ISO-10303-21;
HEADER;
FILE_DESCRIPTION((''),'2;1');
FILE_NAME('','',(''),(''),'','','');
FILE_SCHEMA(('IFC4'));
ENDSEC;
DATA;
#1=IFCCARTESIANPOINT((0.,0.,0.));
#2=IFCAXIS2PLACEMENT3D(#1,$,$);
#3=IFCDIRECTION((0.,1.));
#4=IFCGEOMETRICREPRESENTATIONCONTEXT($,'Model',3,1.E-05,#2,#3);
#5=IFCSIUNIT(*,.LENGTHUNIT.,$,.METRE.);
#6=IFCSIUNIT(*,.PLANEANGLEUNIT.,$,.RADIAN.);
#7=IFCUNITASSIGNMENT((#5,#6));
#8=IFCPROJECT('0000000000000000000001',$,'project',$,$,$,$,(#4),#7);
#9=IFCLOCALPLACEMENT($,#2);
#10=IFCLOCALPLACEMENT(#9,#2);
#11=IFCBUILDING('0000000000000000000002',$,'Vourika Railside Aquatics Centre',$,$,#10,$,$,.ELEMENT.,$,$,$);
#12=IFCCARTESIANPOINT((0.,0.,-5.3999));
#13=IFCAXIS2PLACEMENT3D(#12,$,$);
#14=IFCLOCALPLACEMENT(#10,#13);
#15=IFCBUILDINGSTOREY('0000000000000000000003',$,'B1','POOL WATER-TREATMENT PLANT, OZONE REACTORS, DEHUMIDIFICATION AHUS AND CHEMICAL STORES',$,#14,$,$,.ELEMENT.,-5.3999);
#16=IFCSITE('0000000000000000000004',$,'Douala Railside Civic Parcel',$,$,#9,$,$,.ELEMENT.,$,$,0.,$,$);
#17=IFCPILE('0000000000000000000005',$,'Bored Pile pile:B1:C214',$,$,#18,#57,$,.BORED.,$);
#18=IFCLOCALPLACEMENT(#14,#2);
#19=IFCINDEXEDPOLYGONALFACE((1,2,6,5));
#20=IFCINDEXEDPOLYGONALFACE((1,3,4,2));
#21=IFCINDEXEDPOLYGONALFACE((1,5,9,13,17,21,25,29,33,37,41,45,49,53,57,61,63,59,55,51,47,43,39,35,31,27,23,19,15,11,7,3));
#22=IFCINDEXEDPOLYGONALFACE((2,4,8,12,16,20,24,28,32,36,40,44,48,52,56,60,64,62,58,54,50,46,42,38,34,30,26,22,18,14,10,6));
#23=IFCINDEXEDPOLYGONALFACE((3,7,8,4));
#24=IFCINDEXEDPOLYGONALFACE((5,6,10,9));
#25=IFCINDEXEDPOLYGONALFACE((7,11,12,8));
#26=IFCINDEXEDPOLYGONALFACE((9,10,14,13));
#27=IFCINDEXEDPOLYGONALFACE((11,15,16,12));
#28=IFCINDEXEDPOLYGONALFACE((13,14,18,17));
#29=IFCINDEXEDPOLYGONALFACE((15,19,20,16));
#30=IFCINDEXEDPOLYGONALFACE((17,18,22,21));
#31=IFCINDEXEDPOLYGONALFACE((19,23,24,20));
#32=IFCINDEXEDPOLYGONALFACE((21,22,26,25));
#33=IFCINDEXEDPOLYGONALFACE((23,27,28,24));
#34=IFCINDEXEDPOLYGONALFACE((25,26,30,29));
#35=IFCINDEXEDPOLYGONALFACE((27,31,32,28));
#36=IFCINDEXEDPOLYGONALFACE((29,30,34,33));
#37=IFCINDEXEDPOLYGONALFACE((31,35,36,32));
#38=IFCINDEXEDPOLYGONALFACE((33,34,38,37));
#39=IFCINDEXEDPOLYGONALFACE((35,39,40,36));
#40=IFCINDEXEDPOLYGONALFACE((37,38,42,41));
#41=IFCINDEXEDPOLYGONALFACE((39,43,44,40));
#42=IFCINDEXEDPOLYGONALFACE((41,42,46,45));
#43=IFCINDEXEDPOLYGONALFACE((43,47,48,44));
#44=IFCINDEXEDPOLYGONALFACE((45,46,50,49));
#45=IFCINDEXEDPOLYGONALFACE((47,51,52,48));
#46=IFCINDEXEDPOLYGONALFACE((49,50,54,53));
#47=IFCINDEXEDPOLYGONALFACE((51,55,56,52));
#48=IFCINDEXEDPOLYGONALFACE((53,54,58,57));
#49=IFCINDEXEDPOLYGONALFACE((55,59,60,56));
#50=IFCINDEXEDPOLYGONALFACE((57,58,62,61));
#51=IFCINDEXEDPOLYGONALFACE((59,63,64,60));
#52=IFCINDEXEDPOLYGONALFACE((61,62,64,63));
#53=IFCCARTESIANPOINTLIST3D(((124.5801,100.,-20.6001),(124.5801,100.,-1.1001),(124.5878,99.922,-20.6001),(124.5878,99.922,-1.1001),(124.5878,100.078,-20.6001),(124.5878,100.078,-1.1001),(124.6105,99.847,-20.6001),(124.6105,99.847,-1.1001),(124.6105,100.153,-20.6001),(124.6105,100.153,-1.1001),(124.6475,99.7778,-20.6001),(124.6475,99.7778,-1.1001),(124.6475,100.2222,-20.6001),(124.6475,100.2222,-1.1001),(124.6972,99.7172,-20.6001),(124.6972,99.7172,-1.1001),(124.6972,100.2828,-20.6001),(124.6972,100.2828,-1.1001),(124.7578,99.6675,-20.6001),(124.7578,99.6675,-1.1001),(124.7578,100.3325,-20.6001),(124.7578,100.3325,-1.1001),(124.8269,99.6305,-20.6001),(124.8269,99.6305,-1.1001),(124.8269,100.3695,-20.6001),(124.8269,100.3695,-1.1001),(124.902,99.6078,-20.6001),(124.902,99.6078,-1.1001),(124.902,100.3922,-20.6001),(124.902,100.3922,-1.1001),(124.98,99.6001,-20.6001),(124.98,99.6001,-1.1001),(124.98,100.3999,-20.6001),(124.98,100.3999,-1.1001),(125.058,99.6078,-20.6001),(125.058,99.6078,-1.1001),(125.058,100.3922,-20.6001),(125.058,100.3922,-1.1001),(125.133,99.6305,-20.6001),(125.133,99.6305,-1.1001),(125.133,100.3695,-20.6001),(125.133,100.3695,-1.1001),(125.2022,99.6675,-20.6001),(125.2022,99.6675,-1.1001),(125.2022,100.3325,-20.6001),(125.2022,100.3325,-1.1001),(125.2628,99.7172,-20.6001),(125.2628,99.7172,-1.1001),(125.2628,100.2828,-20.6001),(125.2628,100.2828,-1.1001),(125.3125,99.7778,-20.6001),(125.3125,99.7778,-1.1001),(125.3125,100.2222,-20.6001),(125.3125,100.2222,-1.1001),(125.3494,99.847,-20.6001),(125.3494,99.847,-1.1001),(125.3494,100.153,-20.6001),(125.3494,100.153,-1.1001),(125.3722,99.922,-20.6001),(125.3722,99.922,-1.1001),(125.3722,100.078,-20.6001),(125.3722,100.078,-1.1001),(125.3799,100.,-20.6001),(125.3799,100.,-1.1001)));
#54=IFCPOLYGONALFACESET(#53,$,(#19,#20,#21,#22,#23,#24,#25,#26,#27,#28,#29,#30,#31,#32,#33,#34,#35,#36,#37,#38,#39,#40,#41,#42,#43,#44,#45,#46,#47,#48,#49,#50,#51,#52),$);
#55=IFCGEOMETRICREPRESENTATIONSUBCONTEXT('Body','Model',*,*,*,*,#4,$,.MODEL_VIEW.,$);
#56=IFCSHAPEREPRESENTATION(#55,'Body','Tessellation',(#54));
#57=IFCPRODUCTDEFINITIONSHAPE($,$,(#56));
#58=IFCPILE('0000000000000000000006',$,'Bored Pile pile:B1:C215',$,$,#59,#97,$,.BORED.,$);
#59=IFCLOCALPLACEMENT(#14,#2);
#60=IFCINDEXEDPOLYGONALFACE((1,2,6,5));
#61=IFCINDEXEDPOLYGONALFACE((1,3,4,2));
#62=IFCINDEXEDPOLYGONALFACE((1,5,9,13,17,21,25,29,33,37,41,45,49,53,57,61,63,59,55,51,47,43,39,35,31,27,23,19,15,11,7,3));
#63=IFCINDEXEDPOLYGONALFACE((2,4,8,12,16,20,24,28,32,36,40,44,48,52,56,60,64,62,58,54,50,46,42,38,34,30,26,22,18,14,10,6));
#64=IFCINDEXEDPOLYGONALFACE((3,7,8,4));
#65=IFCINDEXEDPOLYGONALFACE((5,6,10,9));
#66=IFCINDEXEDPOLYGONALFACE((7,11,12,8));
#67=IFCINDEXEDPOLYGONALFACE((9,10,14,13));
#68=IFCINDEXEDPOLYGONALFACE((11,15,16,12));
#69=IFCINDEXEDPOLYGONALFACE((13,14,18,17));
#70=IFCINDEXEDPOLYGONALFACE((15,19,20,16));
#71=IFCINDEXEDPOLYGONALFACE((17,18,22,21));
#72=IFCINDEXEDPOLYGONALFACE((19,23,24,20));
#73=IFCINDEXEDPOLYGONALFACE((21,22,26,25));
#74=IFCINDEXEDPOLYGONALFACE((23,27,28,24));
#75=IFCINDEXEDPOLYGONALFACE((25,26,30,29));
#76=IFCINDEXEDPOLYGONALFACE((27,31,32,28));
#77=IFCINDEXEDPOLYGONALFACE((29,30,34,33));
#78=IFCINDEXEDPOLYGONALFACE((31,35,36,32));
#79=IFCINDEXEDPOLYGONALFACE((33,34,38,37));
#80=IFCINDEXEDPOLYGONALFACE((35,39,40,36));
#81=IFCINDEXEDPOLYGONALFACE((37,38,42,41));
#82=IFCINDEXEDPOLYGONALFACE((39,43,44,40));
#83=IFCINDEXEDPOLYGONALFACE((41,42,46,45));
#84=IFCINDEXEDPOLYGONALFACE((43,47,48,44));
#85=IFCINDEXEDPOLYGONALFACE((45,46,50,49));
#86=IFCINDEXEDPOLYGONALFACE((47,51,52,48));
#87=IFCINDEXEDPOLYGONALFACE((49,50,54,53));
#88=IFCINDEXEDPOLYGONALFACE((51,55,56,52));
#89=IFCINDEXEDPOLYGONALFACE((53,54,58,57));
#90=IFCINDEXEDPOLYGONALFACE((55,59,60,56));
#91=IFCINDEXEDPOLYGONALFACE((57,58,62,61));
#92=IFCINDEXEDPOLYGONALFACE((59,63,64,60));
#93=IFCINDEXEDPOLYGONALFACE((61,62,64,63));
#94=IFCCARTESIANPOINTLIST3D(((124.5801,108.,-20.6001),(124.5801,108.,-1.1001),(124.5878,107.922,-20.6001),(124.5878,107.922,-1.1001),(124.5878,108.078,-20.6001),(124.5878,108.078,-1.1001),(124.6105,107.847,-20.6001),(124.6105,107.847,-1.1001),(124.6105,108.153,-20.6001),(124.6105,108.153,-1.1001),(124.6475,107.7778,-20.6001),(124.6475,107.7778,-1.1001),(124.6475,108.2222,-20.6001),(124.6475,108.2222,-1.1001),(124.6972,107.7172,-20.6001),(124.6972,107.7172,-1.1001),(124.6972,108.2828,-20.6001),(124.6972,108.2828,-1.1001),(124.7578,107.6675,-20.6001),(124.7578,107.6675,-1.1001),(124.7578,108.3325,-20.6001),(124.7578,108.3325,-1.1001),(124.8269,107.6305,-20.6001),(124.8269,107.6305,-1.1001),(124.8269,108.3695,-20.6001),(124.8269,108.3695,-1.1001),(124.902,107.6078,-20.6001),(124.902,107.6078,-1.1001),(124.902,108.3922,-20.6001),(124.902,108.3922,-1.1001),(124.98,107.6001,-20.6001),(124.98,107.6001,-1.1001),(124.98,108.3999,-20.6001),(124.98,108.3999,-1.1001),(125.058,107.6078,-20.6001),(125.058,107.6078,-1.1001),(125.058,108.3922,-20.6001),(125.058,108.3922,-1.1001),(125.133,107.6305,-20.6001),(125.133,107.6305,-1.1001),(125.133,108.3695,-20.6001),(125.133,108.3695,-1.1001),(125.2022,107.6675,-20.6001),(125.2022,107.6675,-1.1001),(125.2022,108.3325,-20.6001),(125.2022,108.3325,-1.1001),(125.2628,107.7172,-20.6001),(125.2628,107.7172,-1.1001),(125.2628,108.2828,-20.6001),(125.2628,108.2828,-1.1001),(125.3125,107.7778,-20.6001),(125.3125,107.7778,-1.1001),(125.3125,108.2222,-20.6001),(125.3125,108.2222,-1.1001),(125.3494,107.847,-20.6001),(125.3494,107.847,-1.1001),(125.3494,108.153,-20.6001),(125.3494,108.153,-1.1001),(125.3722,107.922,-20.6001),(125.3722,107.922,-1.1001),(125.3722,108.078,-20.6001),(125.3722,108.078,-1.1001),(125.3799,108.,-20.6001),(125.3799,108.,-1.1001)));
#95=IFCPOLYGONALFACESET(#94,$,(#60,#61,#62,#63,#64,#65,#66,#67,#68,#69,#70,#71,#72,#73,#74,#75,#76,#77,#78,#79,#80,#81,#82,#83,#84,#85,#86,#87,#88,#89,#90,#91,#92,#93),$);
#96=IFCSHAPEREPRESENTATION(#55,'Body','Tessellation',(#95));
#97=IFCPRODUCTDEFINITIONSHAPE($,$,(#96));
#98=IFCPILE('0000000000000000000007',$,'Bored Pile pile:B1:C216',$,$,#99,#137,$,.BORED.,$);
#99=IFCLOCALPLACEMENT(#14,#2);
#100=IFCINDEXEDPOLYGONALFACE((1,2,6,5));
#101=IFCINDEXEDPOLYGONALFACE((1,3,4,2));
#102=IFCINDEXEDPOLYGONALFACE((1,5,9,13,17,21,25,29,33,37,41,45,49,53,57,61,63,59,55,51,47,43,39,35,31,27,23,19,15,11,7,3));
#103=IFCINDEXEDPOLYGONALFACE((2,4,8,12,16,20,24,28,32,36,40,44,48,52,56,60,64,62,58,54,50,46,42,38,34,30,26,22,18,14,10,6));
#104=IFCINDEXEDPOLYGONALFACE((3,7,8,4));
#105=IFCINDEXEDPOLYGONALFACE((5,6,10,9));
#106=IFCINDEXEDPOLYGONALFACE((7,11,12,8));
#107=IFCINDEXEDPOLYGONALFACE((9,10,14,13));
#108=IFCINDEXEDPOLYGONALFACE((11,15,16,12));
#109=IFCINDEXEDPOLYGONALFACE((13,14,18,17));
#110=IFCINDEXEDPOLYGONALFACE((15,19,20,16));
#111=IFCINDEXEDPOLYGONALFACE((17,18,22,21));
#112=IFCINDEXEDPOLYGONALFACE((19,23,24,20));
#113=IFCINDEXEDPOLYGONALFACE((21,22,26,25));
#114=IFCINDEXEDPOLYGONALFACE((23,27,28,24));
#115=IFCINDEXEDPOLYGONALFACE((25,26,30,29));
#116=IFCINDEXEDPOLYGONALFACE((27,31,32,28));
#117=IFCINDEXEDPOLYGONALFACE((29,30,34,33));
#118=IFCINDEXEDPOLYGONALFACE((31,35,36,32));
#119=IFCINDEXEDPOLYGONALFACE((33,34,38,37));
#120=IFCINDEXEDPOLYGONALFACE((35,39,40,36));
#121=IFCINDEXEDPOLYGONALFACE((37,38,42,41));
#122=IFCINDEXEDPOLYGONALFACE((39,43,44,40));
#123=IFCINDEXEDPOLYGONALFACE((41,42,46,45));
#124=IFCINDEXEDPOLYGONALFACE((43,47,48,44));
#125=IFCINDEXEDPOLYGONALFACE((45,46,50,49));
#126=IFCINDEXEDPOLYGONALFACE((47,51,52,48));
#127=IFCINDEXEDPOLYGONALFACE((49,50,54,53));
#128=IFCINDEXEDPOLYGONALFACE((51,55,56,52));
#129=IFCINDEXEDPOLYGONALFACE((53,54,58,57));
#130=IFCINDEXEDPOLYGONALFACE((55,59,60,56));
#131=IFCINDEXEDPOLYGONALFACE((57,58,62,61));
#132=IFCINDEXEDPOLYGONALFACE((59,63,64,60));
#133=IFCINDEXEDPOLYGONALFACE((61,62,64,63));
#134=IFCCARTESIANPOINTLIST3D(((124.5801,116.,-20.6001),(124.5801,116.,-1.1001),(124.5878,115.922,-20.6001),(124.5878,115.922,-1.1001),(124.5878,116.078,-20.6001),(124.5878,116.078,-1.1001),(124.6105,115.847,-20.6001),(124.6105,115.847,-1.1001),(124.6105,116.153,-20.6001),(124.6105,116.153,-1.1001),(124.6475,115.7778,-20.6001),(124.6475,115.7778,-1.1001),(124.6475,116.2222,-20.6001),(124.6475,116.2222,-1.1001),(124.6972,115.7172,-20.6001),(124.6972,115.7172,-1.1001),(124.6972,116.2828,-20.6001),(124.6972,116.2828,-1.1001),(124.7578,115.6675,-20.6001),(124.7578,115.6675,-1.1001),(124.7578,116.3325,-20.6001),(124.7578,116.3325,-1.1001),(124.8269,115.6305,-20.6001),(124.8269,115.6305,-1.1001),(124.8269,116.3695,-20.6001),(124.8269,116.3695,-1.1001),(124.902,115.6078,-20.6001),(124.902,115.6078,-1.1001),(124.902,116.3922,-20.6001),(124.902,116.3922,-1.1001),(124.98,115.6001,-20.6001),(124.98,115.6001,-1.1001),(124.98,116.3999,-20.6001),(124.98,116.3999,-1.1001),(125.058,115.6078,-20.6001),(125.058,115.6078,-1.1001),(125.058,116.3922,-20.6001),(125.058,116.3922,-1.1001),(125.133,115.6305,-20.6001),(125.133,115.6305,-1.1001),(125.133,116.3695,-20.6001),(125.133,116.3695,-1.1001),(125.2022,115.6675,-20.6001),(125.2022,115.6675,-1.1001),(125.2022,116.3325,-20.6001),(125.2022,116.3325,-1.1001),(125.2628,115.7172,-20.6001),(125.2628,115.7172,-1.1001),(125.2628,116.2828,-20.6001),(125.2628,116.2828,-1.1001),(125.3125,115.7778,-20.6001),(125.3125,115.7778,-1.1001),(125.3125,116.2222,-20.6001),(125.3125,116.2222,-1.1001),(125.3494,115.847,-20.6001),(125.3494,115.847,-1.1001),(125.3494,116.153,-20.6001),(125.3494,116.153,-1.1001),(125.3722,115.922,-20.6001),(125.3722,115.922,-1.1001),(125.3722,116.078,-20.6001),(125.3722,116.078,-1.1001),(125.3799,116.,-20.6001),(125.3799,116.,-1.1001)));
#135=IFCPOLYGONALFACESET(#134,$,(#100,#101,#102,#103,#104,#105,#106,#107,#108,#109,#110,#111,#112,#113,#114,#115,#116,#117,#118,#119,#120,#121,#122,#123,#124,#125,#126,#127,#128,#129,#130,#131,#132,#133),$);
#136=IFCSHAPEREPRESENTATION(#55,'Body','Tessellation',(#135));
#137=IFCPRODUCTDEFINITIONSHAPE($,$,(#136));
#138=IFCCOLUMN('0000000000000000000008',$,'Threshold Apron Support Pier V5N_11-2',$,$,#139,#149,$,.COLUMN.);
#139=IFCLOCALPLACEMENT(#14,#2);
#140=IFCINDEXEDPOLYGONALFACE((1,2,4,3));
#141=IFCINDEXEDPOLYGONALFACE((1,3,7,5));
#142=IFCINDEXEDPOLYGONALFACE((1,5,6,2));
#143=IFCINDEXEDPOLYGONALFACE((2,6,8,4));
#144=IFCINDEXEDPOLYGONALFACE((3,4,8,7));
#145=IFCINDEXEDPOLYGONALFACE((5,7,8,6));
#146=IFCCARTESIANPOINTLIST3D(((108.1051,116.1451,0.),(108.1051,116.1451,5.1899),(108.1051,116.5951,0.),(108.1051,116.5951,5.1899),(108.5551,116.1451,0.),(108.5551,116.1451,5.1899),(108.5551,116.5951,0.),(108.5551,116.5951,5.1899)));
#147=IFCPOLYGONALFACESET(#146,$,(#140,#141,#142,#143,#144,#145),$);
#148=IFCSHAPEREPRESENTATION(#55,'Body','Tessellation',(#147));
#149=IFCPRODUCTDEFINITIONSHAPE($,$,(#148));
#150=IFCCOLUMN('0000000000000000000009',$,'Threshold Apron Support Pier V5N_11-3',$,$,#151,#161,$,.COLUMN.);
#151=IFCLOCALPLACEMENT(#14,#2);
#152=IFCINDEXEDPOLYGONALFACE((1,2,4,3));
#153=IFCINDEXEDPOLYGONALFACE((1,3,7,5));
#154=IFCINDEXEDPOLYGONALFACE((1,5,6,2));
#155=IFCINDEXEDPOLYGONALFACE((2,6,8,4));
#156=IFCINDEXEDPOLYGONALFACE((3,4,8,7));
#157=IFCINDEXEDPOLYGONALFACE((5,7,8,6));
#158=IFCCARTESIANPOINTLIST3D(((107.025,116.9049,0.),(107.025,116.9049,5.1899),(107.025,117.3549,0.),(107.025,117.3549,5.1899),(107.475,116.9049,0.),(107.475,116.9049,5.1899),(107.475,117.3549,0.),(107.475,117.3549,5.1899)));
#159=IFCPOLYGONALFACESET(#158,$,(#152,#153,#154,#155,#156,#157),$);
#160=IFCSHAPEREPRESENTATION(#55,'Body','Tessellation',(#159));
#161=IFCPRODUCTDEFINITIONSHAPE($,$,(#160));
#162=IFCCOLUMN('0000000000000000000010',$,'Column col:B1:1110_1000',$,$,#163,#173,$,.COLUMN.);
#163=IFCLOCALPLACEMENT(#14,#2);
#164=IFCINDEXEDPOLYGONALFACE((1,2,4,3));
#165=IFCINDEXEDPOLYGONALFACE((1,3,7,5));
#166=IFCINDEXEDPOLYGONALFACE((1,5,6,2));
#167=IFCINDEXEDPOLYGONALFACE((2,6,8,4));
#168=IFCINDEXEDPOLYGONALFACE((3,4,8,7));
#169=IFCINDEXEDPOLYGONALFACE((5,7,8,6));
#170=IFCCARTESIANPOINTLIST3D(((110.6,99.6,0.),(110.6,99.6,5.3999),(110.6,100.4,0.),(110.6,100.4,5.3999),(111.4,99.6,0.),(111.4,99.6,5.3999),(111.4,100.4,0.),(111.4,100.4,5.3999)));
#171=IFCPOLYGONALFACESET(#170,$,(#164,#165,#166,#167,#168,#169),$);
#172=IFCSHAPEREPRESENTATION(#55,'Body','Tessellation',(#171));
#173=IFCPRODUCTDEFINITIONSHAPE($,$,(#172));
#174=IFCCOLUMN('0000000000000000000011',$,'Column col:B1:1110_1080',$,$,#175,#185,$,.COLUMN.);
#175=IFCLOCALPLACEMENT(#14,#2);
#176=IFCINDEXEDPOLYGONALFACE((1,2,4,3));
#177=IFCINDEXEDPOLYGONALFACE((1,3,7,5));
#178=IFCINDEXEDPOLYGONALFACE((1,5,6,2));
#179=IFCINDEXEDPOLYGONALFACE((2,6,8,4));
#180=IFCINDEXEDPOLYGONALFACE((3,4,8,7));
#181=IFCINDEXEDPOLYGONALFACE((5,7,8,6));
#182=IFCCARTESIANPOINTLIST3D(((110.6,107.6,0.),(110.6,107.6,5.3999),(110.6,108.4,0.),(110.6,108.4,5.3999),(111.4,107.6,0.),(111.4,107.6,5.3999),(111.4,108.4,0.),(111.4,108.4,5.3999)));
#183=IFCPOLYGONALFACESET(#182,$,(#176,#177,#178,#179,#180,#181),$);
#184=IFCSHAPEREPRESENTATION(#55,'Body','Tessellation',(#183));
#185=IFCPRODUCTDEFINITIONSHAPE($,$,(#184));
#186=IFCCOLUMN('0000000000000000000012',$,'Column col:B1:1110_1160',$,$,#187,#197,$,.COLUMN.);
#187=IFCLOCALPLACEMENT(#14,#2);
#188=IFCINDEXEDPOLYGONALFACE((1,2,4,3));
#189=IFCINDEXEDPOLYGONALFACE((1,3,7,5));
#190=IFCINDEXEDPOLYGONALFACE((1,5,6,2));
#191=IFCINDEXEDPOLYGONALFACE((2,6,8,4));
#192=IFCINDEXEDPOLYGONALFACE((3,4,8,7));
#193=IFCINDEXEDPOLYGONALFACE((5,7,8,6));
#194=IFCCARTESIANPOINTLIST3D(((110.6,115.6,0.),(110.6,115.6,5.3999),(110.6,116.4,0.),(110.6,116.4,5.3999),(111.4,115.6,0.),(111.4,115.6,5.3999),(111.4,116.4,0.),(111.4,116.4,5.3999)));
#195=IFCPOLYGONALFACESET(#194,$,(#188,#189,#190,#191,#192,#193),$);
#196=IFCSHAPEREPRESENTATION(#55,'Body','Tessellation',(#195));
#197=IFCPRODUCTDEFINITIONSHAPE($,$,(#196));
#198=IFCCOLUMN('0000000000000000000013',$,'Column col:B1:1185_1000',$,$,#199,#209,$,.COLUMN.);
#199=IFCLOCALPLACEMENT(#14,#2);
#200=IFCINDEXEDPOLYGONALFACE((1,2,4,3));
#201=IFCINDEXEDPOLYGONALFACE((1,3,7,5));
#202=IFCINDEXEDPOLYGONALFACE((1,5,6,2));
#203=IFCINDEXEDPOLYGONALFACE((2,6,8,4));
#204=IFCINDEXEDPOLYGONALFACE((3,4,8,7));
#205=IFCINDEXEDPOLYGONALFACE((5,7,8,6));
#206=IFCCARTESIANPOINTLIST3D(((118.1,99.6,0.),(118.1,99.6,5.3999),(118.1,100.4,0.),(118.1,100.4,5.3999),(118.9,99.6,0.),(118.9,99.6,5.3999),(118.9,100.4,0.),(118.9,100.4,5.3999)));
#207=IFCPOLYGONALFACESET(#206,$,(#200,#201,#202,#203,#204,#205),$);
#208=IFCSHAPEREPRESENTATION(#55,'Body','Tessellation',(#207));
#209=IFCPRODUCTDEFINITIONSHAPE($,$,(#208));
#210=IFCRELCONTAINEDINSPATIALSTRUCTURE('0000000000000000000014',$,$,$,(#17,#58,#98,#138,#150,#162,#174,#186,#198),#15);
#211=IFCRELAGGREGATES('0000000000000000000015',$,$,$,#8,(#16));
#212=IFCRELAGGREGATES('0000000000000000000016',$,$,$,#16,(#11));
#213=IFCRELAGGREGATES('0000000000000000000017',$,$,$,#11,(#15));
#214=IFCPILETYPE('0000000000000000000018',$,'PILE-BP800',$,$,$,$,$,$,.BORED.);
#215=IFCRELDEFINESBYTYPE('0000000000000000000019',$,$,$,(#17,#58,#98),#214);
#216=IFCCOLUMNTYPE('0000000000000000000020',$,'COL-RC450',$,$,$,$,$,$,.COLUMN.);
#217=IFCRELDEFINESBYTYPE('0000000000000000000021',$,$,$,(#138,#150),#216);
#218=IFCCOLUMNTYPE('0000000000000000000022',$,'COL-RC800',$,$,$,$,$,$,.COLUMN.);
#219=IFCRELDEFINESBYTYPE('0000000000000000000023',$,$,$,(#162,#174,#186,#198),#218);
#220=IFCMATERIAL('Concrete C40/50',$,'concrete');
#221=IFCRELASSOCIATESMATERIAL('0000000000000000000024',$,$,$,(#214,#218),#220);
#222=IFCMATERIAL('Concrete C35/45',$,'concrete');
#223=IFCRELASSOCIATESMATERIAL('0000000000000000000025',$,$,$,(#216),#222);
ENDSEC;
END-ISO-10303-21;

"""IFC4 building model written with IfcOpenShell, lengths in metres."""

from ifc_helpers import new_model, si_unit, direction, frame, origin, origin_2d, place, context, subcontext, project, spatial, rectangle, circle, extrude, material, material_profile, profile_set, type_object, element, save


model = new_model("IFC4")

# Units and contexts
model_context = context("Model", 3, precision=1e-05, world=origin(), true_north=direction((0.0, 1.0)))
body_context = subcontext(model_context, "Body", "Model", "MODEL_VIEW")
ifc_project = project(units=[si_unit("LENGTHUNIT", "METRE"), si_unit("PLANEANGLEUNIT", "RADIAN")], contexts=[model_context])

# Site, building, storey
site_placement = place(None, origin())
site = spatial("IfcSite", under=ifc_project, at=site_placement, Name="Douala Railside Civic Parcel", CompositionType="ELEMENT", RefElevation=0.0)
building_placement = place(site_placement, origin())
building = spatial("IfcBuilding", under=site, at=building_placement, Name="Vourika Railside Aquatics Centre", CompositionType="ELEMENT")
storey_placement = place(building_placement, frame((0.0, 0.0, -5.3999)))
storey = spatial("IfcBuildingStorey", under=building, at=storey_placement, Name="B1", Description="POOL WATER-TREATMENT PLANT, OZONE REACTORS, DEHUMIDIFICATION AHUS AND CHEMICAL STORES", CompositionType="ELEMENT", Elevation=-5.3999)

# Shared definitions
ifc_material_1 = material(Name="Concrete C40/50", Category="concrete")

# Piles
ifc_material_profile_1 = material_profile(ifc_material_1, circle(Radius=0.3999, at=origin_2d()), Name="BP 800")
ifc_profile_set_1 = profile_set([ifc_material_profile_1], Name="Concrete C40/50")
pile_type = type_object("IfcPileType", Name="PILE-BP800", PredefinedType="BORED", material=ifc_profile_set_1)
for number, where, z_axis, x_axis, name in (
    (1, (124.98, 100.0, -1.1001), (0.0, 0.0, -1.0), (1.0, 0.0, 0.0), "Bored Pile pile:B1:C214"),
    (2, (124.98, 108.0, -1.1001), (0.0, 0.0, -1.0), (1.0, 0.0, 0.0), "Bored Pile pile:B1:C215"),
    (3, (124.98, 116.0, -1.1001), (0.0, 0.0, -1.0), (1.0, 0.0, 0.0), "Bored Pile pile:B1:C216"),
):
    element("IfcPile", number, at=place(storey_placement, frame(where, z_axis=z_axis, x_axis=x_axis)), inside=storey, type_object=pile_type, Name=name, PredefinedType="BORED", context=body_context, shape_type="SweptSolid", body=[
        extrude(circle(Radius=0.3999, at=origin_2d()), origin(), (0.0, 0.0, 1.0), 19.5),
    ])

# Columns
ifc_material_2 = material(Name="Concrete C35/45", Category="concrete")
ifc_material_profile_2 = material_profile(ifc_material_2, rectangle(XDim=0.45, YDim=0.45, at=origin_2d()), Name="RC 450x450")
ifc_profile_set_2 = profile_set([ifc_material_profile_2], Name="Concrete C35/45")
column_type_1 = type_object("IfcColumnType", Name="COL-RC450", PredefinedType="COLUMN", material=ifc_profile_set_2)
for number, where, z_axis, x_axis, name in (
    (4, (108.3301, 116.3701, 0.0), (0.0, 0.0, 1.0), (1.0, 0.0, 0.0), "Threshold Apron Support Pier V5N_11-2"),
    (5, (107.25, 117.1299, 0.0), (0.0, 0.0, 1.0), (1.0, 0.0, 0.0), "Threshold Apron Support Pier V5N_11-3"),
):
    element("IfcColumn", number, at=place(storey_placement, frame(where, z_axis=z_axis, x_axis=x_axis)), inside=storey, type_object=column_type_1, Name=name, PredefinedType="COLUMN", context=body_context, shape_type="SweptSolid", body=[
        extrude(rectangle(XDim=0.45, YDim=0.45, at=origin_2d()), origin(), (0.0, 0.0, 1.0), 5.1899),
    ])
ifc_material_profile_3 = material_profile(ifc_material_1, rectangle(XDim=0.8, YDim=0.8, at=origin_2d()), Name="RC 800x800")
ifc_profile_set_3 = profile_set([ifc_material_profile_3], Name="Concrete C40/50")
column_type_2 = type_object("IfcColumnType", Name="COL-RC800", PredefinedType="COLUMN", material=ifc_profile_set_3)
for number, where, z_axis, x_axis, name in (
    (6, (111.0, 100.0, 0.0), (0.0, 0.0, 1.0), (1.0, 0.0, 0.0), "Column col:B1:1110_1000"),
    (7, (111.0, 108.0, 0.0), (0.0, 0.0, 1.0), (1.0, 0.0, 0.0), "Column col:B1:1110_1080"),
    (8, (111.0, 116.0, 0.0), (0.0, 0.0, 1.0), (1.0, 0.0, 0.0), "Column col:B1:1110_1160"),
    (9, (118.5, 100.0, 0.0), (0.0, 0.0, 1.0), (1.0, 0.0, 0.0), "Column col:B1:1185_1000"),
):
    element("IfcColumn", number, at=place(storey_placement, frame(where, z_axis=z_axis, x_axis=x_axis)), inside=storey, type_object=column_type_2, Name=name, PredefinedType="COLUMN", context=body_context, shape_type="SweptSolid", body=[
        extrude(rectangle(XDim=0.8, YDim=0.8, at=origin_2d()), origin(), (0.0, 0.0, 1.0), 5.3999),
    ])

save(model, "model.ifc")
